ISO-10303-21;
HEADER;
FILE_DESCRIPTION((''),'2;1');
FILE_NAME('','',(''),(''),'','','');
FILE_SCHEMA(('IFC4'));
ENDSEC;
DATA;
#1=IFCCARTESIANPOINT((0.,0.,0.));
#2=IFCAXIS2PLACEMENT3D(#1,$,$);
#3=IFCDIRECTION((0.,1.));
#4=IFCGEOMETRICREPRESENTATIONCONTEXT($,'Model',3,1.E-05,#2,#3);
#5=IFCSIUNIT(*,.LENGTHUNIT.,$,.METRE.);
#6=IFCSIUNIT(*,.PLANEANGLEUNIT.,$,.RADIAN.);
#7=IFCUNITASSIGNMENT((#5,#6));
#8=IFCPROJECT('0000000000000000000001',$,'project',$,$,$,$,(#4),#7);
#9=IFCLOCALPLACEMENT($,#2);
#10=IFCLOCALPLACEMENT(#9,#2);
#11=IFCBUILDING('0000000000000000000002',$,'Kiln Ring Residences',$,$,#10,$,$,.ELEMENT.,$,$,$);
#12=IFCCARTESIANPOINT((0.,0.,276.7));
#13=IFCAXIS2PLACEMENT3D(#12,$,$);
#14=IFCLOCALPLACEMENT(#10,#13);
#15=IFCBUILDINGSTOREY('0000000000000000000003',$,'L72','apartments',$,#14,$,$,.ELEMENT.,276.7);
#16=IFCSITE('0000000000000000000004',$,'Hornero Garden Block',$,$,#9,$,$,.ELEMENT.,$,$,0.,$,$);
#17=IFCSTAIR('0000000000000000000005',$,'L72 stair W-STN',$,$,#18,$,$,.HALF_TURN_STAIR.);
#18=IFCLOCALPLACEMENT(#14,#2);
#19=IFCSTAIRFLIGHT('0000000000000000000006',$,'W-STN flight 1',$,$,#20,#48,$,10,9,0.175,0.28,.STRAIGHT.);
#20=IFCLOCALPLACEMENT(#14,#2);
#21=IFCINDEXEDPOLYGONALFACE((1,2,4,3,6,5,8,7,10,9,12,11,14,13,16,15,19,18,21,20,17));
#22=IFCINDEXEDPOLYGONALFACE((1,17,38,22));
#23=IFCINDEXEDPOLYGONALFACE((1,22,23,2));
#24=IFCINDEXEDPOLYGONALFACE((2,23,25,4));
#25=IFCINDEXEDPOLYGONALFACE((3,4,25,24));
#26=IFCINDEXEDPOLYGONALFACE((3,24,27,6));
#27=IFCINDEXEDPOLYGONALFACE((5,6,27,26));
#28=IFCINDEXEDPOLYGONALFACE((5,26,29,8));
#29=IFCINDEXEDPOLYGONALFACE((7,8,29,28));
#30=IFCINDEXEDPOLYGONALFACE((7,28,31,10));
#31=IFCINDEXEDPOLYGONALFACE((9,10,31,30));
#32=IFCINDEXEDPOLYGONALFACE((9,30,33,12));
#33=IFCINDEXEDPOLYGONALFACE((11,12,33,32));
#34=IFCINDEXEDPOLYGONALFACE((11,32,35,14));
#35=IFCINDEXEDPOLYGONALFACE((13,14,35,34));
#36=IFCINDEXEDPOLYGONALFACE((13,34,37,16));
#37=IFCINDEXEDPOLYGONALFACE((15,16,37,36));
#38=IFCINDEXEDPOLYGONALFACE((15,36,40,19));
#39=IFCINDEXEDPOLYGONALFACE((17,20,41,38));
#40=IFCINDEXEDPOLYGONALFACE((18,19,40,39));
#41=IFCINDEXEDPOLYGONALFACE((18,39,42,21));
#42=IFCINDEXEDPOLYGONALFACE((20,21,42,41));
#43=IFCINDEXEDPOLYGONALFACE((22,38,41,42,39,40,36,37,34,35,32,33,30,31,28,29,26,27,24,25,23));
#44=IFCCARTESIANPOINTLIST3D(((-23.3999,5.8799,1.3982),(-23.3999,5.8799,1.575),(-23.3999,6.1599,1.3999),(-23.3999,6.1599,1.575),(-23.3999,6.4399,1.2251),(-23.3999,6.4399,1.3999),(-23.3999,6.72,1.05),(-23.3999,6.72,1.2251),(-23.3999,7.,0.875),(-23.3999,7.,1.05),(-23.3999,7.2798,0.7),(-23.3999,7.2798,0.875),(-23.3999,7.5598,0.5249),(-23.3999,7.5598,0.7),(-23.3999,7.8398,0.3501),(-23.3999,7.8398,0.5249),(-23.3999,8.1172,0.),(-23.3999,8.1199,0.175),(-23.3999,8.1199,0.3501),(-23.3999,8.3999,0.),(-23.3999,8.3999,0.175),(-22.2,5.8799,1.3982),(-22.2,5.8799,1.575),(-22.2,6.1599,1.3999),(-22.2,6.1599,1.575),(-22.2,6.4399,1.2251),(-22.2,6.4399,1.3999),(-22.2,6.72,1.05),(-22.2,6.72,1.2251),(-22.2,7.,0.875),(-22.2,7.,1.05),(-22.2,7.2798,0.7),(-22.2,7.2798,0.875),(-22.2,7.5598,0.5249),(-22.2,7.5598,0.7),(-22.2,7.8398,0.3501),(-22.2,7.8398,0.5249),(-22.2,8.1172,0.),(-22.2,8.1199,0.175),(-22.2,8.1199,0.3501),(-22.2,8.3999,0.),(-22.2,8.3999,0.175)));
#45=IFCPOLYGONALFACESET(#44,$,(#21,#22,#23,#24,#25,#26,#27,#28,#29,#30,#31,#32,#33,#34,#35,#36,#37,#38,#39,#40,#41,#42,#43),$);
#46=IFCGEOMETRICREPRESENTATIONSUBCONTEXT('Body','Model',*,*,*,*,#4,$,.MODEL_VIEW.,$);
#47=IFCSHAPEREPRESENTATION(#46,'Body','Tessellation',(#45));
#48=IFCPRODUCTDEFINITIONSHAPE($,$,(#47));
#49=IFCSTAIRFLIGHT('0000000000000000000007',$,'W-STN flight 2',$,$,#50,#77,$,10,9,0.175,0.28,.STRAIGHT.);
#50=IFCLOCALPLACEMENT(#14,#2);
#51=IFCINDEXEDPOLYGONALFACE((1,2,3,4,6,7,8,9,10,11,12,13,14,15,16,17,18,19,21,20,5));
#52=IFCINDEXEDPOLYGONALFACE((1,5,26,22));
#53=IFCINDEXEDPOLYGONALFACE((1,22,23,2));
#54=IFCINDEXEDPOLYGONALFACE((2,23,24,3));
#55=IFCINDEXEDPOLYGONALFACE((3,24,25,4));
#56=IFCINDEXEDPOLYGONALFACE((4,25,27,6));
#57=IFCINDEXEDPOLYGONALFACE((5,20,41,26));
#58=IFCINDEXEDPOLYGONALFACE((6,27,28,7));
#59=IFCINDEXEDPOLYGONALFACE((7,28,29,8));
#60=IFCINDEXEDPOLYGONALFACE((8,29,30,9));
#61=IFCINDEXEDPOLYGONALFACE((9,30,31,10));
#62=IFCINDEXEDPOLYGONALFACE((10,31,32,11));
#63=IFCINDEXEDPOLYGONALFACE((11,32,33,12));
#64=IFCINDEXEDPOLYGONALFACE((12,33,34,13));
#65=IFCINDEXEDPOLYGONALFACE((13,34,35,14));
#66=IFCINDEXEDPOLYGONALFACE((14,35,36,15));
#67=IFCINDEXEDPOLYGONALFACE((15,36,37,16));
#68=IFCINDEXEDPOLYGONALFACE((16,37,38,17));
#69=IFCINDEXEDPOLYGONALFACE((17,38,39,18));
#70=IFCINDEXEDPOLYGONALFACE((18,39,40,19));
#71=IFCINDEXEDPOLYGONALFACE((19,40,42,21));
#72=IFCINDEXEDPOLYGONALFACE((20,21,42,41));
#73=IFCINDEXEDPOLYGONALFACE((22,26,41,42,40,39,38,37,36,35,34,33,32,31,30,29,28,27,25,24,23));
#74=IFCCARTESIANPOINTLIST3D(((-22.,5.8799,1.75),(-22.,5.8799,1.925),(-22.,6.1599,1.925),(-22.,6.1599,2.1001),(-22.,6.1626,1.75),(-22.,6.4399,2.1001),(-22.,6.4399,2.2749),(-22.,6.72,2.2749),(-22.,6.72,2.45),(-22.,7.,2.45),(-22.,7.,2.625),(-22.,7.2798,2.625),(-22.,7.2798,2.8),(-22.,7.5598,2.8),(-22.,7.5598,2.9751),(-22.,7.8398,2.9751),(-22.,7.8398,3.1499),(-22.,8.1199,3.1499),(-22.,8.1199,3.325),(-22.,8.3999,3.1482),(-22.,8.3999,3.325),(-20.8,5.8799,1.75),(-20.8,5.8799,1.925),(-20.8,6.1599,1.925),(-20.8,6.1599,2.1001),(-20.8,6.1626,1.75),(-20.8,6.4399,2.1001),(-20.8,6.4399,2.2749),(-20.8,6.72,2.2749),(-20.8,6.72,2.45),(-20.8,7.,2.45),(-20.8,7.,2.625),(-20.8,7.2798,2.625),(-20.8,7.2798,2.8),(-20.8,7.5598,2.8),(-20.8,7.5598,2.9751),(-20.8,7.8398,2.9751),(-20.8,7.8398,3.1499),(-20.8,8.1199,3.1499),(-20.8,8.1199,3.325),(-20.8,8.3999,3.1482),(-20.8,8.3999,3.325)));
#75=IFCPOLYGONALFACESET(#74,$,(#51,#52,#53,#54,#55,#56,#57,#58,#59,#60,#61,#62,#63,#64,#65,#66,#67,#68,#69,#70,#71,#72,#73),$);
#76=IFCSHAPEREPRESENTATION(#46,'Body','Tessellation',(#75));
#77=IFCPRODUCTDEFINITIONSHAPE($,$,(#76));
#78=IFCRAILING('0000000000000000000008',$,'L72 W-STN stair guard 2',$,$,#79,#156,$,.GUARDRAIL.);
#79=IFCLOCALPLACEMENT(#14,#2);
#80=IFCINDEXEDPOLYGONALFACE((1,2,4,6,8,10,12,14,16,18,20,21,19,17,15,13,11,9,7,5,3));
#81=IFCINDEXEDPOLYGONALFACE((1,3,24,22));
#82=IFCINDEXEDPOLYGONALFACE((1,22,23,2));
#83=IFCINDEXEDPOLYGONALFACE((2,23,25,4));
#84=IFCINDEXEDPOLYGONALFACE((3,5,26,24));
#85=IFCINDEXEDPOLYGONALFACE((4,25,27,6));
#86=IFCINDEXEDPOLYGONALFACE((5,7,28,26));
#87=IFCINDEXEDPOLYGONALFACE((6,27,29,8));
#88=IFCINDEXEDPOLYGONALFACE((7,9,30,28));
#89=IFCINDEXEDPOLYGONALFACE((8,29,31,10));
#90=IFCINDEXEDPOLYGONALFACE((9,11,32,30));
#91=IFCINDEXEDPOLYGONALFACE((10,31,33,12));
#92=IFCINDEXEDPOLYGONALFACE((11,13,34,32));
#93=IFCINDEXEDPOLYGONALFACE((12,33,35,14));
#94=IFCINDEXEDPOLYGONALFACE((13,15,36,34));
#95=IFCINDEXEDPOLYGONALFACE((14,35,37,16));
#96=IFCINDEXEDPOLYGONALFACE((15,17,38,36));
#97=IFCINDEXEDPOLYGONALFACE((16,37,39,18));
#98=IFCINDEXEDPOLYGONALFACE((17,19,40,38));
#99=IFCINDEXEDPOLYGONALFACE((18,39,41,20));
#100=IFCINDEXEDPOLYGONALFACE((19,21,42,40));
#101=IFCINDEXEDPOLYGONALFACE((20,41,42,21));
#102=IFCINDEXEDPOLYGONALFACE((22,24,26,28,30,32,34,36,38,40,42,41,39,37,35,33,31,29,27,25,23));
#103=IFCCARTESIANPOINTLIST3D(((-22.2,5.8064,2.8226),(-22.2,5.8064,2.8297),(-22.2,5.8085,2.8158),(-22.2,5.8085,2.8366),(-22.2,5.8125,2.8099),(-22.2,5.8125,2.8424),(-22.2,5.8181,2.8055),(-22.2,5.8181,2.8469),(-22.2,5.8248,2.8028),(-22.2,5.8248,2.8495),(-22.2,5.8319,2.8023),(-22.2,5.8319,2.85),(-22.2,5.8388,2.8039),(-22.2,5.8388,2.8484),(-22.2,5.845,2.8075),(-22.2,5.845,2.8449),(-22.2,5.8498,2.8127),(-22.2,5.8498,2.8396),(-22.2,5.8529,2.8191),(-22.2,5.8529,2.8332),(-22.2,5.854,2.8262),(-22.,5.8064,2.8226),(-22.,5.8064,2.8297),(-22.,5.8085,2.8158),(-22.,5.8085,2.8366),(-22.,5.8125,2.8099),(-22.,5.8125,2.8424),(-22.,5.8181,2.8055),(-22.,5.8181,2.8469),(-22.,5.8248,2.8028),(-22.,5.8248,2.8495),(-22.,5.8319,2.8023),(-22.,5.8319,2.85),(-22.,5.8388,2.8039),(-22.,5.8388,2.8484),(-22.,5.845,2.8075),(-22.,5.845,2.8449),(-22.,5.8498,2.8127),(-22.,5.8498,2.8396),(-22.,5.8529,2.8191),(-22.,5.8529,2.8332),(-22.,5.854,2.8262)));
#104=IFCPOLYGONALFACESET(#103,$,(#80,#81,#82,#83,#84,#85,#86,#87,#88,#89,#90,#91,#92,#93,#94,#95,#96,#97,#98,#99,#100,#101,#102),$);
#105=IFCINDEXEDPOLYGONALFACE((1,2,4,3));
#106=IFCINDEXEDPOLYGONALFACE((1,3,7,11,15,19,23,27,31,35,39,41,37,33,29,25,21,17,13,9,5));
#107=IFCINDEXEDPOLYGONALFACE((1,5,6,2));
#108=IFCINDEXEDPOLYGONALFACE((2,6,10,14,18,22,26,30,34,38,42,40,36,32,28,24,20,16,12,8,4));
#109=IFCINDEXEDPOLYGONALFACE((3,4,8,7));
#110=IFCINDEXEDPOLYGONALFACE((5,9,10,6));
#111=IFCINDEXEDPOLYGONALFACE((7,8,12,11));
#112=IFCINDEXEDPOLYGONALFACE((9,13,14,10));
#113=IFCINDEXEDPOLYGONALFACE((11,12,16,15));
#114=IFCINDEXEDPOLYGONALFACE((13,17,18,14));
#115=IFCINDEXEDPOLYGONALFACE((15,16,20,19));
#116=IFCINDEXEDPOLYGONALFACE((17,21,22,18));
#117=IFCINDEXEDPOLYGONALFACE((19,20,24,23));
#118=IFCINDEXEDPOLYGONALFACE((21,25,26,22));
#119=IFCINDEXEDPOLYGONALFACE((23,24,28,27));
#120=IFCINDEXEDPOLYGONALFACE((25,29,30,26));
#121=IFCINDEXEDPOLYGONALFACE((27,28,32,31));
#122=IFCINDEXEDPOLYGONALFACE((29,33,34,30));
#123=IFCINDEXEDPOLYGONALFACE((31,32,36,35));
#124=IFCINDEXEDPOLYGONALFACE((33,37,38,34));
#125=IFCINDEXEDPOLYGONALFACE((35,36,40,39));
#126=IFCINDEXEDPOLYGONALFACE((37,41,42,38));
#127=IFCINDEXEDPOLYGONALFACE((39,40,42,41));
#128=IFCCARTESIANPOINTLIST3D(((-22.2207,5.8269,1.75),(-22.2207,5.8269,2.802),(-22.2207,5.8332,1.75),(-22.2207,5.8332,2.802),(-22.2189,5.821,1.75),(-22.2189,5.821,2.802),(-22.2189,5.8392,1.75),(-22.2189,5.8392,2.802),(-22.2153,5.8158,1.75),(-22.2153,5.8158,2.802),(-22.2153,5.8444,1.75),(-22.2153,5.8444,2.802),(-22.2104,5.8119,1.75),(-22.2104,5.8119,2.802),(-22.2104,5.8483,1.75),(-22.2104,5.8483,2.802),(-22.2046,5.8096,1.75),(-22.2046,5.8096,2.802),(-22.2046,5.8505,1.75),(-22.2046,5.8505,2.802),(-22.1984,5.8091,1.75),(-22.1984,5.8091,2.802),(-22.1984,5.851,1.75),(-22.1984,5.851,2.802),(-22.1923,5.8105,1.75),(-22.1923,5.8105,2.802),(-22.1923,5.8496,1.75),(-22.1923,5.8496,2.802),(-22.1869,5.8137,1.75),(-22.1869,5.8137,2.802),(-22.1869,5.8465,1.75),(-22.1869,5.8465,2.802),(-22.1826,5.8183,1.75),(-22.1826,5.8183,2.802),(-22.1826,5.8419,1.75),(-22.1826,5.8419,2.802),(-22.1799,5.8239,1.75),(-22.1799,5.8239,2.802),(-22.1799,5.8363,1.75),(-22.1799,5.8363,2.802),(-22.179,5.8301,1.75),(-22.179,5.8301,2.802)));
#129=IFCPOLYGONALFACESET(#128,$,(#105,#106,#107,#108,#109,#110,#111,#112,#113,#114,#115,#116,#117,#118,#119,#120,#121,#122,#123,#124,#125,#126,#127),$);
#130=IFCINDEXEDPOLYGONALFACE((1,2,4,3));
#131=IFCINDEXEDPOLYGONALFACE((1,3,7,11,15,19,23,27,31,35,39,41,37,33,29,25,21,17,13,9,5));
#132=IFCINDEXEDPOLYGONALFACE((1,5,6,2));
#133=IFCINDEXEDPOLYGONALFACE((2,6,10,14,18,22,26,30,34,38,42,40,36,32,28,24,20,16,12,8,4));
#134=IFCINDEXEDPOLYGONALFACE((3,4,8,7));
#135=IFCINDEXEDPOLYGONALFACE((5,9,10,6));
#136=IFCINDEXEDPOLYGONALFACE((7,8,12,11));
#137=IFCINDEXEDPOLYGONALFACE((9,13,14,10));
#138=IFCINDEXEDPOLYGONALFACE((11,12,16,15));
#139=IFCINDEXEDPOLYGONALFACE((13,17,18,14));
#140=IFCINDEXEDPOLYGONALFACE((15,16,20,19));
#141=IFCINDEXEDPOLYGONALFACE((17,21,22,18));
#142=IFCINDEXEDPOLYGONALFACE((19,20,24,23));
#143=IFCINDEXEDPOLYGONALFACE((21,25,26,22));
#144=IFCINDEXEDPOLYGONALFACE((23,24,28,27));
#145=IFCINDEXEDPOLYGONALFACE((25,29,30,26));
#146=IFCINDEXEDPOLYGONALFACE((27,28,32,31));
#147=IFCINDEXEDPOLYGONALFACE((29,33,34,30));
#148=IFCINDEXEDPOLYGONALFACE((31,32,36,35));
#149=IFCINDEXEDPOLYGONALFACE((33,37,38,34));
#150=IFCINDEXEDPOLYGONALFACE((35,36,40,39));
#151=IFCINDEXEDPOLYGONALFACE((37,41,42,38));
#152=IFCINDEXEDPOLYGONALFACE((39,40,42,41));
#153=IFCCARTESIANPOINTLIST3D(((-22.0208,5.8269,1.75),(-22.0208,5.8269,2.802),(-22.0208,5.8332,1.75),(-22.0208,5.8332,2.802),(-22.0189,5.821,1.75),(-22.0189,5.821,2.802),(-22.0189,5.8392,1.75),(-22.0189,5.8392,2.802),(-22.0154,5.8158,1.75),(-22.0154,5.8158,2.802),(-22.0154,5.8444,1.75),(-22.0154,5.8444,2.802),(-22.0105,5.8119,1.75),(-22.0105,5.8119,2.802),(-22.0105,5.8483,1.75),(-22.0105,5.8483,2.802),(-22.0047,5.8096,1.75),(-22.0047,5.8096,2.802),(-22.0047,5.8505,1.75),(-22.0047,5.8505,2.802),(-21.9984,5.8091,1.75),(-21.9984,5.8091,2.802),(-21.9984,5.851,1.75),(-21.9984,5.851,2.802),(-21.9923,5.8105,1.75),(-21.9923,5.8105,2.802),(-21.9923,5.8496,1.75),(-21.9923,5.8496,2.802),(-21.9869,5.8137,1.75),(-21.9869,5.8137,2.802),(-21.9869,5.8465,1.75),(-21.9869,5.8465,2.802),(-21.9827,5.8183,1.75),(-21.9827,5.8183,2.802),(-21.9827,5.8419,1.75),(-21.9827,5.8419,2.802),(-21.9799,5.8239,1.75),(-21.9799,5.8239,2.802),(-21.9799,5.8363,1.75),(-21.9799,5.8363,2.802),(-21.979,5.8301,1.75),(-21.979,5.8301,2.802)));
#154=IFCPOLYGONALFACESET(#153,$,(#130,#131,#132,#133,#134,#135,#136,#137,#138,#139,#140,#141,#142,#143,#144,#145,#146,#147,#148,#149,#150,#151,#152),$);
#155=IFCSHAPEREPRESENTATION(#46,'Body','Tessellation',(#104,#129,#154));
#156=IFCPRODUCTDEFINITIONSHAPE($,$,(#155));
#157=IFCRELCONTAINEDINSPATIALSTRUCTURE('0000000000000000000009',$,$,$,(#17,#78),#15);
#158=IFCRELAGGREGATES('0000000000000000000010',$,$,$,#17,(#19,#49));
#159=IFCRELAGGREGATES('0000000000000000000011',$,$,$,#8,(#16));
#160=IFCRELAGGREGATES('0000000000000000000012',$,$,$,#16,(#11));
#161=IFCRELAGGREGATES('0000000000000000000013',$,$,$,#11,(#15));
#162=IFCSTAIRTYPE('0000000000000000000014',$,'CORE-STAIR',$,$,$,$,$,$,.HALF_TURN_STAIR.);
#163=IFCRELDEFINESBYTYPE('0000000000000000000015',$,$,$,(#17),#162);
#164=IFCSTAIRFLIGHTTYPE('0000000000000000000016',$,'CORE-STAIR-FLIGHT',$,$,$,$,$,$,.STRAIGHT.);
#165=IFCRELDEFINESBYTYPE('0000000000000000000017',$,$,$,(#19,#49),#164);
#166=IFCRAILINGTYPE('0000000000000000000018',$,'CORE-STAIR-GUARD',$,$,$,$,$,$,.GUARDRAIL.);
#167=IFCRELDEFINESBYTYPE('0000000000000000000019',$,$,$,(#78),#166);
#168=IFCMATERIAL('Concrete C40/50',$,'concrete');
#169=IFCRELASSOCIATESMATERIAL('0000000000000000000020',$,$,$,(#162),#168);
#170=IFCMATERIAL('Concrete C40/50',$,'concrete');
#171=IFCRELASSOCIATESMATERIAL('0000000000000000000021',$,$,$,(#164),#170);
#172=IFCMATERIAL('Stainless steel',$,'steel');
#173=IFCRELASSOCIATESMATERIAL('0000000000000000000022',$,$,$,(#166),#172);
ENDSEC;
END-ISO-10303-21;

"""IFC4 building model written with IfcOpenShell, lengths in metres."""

from ifc_helpers import new_model, si_unit, direction, frame, origin, origin_2d, place, context, subcontext, project, spatial, polyline, circle, outline, extrude, material, type_object, element, aggregate, save


model = new_model("IFC4")

# Units and contexts
model_context = context("Model", 3, precision=1e-05, world=origin(), true_north=direction((0.0, 1.0)))
body_context = subcontext(model_context, "Body", "Model", "MODEL_VIEW")
ifc_project = project(units=[si_unit("LENGTHUNIT", "METRE"), si_unit("PLANEANGLEUNIT", "RADIAN")], contexts=[model_context])

# Site, building, storey
site_placement = place(None, origin())
site = spatial("IfcSite", under=ifc_project, at=site_placement, Name="Hornero Garden Block", CompositionType="ELEMENT", RefElevation=0.0)
building_placement = place(site_placement, origin())
building = spatial("IfcBuilding", under=site, at=building_placement, Name="Kiln Ring Residences", CompositionType="ELEMENT")
storey_placement = place(building_placement, frame((0.0, 0.0, 276.7)))
storey = spatial("IfcBuildingStorey", under=building, at=storey_placement, Name="L72", Description="apartments", CompositionType="ELEMENT", Elevation=276.7)

# Stair, stair flights
ifc_material_1 = material(Name="Concrete C40/50", Category="concrete")
stair_type = type_object("IfcStairType", Name="CORE-STAIR", PredefinedType="HALF_TURN_STAIR", material=ifc_material_1)
stair_placement = place(storey_placement, origin())
stair = element("IfcStair", 1, at=stair_placement, inside=storey, type_object=stair_type, Name="L72 stair W-STN", PredefinedType="HALF_TURN_STAIR")
ifc_material_2 = material(Name="Concrete C40/50", Category="concrete")
stair_flight_type = type_object("IfcStairFlightType", Name="CORE-STAIR-FLIGHT", PredefinedType="STRAIGHT", material=ifc_material_2)
stair_flight_1_placement = place(storey_placement, frame((-22.8, 8.3999, 0.0), z_axis=(0.0, 0.0, 1.0), x_axis=(0.0, -1.0, 0.0)))
stair_flight_1 = element("IfcStairFlight", 2, at=stair_flight_1_placement, type_object=stair_flight_type, Name="W-STN flight 1", NumberOfRisers=10, NumberOfTreads=9, PredefinedType="STRAIGHT", RiserHeight=0.175, TreadLength=0.28, context=body_context, shape_type="SweptSolid", body=[
    extrude(outline(polyline([(0.0, 0.0), (0.0, 0.175), (0.28, 0.175), (0.28, 0.3501), (0.5601, 0.3501), (0.5601, 0.5249), (0.8401, 0.5249), (0.8401, 0.7), (1.1201, 0.7), (1.1201, 0.875), (1.3999, 0.875), (1.3999, 1.05), (1.6799, 1.05), (1.6799, 1.2251), (1.96, 1.2251), (1.96, 1.3999), (2.24, 1.3999), (2.24, 1.575), (2.52, 1.575), (2.52, 1.75), (2.52, 1.3982), (0.2827, 0.0), (0.0, 0.0)])), frame((0.0, 0.6001, 0.0), z_axis=(0.0, -1.0, 0.0), x_axis=(1.0, 0.0, 0.0)), (0.0, 0.0, 1.0), 1.2),
])
stair_flight_2_placement = place(storey_placement, frame((-21.3999, 5.8799, 1.75), z_axis=(0.0, 0.0, 1.0), x_axis=(0.0, 1.0, 0.0)))
stair_flight_2 = element("IfcStairFlight", 3, at=stair_flight_2_placement, type_object=stair_flight_type, Name="W-STN flight 2", NumberOfRisers=10, NumberOfTreads=9, PredefinedType="STRAIGHT", RiserHeight=0.175, TreadLength=0.28, context=body_context, shape_type="SweptSolid", body=[
    extrude(outline(polyline([(0.0, 0.0), (0.0, 0.175), (0.28, 0.175), (0.28, 0.3501), (0.5601, 0.3501), (0.5601, 0.5249), (0.8401, 0.5249), (0.8401, 0.7), (1.1201, 0.7), (1.1201, 0.875), (1.3999, 0.875), (1.3999, 1.05), (1.6799, 1.05), (1.6799, 1.2251), (1.96, 1.2251), (1.96, 1.3999), (2.24, 1.3999), (2.24, 1.575), (2.52, 1.575), (2.52, 1.75), (2.52, 1.3982), (0.2827, 0.0), (0.0, 0.0)])), frame((0.0, 0.6001, 0.0), z_axis=(0.0, -1.0, 0.0), x_axis=(1.0, 0.0, 0.0)), (0.0, 0.0, 1.0), 1.2),
])
aggregate(stair, [stair_flight_1, stair_flight_2])

# Railing
ifc_material_3 = material(Name="Stainless steel", Category="steel")
railing_type_1 = type_object("IfcRailingType", Name="CORE-STAIR-GUARD", PredefinedType="GUARDRAIL", material=ifc_material_3)
railing_1_placement = place(storey_placement, frame((-22.2, 5.8301, 1.75)))
element("IfcRailing", 4, at=railing_1_placement, inside=storey, type_object=railing_type_1, Name="L72 W-STN stair guard 2", PredefinedType="GUARDRAIL", context=body_context, shape_type="SweptSolid", body=[
    extrude(circle(Radius=0.0239, at=origin_2d()), frame((0.0, 0.0, 1.0762), z_axis=(1.0, 0.0, 0.0), x_axis=(0.0, 1.0, 0.0)), (0.0, 0.0, 1.0), 0.2),
    extrude(circle(Radius=0.021, at=origin_2d()), origin(), (0.0, 0.0, 1.0), 1.052),
    extrude(circle(Radius=0.021, at=origin_2d()), frame((0.2, 0.0, 0.0)), (0.0, 0.0, 1.0), 1.052),
])

save(model, "model.ifc")
